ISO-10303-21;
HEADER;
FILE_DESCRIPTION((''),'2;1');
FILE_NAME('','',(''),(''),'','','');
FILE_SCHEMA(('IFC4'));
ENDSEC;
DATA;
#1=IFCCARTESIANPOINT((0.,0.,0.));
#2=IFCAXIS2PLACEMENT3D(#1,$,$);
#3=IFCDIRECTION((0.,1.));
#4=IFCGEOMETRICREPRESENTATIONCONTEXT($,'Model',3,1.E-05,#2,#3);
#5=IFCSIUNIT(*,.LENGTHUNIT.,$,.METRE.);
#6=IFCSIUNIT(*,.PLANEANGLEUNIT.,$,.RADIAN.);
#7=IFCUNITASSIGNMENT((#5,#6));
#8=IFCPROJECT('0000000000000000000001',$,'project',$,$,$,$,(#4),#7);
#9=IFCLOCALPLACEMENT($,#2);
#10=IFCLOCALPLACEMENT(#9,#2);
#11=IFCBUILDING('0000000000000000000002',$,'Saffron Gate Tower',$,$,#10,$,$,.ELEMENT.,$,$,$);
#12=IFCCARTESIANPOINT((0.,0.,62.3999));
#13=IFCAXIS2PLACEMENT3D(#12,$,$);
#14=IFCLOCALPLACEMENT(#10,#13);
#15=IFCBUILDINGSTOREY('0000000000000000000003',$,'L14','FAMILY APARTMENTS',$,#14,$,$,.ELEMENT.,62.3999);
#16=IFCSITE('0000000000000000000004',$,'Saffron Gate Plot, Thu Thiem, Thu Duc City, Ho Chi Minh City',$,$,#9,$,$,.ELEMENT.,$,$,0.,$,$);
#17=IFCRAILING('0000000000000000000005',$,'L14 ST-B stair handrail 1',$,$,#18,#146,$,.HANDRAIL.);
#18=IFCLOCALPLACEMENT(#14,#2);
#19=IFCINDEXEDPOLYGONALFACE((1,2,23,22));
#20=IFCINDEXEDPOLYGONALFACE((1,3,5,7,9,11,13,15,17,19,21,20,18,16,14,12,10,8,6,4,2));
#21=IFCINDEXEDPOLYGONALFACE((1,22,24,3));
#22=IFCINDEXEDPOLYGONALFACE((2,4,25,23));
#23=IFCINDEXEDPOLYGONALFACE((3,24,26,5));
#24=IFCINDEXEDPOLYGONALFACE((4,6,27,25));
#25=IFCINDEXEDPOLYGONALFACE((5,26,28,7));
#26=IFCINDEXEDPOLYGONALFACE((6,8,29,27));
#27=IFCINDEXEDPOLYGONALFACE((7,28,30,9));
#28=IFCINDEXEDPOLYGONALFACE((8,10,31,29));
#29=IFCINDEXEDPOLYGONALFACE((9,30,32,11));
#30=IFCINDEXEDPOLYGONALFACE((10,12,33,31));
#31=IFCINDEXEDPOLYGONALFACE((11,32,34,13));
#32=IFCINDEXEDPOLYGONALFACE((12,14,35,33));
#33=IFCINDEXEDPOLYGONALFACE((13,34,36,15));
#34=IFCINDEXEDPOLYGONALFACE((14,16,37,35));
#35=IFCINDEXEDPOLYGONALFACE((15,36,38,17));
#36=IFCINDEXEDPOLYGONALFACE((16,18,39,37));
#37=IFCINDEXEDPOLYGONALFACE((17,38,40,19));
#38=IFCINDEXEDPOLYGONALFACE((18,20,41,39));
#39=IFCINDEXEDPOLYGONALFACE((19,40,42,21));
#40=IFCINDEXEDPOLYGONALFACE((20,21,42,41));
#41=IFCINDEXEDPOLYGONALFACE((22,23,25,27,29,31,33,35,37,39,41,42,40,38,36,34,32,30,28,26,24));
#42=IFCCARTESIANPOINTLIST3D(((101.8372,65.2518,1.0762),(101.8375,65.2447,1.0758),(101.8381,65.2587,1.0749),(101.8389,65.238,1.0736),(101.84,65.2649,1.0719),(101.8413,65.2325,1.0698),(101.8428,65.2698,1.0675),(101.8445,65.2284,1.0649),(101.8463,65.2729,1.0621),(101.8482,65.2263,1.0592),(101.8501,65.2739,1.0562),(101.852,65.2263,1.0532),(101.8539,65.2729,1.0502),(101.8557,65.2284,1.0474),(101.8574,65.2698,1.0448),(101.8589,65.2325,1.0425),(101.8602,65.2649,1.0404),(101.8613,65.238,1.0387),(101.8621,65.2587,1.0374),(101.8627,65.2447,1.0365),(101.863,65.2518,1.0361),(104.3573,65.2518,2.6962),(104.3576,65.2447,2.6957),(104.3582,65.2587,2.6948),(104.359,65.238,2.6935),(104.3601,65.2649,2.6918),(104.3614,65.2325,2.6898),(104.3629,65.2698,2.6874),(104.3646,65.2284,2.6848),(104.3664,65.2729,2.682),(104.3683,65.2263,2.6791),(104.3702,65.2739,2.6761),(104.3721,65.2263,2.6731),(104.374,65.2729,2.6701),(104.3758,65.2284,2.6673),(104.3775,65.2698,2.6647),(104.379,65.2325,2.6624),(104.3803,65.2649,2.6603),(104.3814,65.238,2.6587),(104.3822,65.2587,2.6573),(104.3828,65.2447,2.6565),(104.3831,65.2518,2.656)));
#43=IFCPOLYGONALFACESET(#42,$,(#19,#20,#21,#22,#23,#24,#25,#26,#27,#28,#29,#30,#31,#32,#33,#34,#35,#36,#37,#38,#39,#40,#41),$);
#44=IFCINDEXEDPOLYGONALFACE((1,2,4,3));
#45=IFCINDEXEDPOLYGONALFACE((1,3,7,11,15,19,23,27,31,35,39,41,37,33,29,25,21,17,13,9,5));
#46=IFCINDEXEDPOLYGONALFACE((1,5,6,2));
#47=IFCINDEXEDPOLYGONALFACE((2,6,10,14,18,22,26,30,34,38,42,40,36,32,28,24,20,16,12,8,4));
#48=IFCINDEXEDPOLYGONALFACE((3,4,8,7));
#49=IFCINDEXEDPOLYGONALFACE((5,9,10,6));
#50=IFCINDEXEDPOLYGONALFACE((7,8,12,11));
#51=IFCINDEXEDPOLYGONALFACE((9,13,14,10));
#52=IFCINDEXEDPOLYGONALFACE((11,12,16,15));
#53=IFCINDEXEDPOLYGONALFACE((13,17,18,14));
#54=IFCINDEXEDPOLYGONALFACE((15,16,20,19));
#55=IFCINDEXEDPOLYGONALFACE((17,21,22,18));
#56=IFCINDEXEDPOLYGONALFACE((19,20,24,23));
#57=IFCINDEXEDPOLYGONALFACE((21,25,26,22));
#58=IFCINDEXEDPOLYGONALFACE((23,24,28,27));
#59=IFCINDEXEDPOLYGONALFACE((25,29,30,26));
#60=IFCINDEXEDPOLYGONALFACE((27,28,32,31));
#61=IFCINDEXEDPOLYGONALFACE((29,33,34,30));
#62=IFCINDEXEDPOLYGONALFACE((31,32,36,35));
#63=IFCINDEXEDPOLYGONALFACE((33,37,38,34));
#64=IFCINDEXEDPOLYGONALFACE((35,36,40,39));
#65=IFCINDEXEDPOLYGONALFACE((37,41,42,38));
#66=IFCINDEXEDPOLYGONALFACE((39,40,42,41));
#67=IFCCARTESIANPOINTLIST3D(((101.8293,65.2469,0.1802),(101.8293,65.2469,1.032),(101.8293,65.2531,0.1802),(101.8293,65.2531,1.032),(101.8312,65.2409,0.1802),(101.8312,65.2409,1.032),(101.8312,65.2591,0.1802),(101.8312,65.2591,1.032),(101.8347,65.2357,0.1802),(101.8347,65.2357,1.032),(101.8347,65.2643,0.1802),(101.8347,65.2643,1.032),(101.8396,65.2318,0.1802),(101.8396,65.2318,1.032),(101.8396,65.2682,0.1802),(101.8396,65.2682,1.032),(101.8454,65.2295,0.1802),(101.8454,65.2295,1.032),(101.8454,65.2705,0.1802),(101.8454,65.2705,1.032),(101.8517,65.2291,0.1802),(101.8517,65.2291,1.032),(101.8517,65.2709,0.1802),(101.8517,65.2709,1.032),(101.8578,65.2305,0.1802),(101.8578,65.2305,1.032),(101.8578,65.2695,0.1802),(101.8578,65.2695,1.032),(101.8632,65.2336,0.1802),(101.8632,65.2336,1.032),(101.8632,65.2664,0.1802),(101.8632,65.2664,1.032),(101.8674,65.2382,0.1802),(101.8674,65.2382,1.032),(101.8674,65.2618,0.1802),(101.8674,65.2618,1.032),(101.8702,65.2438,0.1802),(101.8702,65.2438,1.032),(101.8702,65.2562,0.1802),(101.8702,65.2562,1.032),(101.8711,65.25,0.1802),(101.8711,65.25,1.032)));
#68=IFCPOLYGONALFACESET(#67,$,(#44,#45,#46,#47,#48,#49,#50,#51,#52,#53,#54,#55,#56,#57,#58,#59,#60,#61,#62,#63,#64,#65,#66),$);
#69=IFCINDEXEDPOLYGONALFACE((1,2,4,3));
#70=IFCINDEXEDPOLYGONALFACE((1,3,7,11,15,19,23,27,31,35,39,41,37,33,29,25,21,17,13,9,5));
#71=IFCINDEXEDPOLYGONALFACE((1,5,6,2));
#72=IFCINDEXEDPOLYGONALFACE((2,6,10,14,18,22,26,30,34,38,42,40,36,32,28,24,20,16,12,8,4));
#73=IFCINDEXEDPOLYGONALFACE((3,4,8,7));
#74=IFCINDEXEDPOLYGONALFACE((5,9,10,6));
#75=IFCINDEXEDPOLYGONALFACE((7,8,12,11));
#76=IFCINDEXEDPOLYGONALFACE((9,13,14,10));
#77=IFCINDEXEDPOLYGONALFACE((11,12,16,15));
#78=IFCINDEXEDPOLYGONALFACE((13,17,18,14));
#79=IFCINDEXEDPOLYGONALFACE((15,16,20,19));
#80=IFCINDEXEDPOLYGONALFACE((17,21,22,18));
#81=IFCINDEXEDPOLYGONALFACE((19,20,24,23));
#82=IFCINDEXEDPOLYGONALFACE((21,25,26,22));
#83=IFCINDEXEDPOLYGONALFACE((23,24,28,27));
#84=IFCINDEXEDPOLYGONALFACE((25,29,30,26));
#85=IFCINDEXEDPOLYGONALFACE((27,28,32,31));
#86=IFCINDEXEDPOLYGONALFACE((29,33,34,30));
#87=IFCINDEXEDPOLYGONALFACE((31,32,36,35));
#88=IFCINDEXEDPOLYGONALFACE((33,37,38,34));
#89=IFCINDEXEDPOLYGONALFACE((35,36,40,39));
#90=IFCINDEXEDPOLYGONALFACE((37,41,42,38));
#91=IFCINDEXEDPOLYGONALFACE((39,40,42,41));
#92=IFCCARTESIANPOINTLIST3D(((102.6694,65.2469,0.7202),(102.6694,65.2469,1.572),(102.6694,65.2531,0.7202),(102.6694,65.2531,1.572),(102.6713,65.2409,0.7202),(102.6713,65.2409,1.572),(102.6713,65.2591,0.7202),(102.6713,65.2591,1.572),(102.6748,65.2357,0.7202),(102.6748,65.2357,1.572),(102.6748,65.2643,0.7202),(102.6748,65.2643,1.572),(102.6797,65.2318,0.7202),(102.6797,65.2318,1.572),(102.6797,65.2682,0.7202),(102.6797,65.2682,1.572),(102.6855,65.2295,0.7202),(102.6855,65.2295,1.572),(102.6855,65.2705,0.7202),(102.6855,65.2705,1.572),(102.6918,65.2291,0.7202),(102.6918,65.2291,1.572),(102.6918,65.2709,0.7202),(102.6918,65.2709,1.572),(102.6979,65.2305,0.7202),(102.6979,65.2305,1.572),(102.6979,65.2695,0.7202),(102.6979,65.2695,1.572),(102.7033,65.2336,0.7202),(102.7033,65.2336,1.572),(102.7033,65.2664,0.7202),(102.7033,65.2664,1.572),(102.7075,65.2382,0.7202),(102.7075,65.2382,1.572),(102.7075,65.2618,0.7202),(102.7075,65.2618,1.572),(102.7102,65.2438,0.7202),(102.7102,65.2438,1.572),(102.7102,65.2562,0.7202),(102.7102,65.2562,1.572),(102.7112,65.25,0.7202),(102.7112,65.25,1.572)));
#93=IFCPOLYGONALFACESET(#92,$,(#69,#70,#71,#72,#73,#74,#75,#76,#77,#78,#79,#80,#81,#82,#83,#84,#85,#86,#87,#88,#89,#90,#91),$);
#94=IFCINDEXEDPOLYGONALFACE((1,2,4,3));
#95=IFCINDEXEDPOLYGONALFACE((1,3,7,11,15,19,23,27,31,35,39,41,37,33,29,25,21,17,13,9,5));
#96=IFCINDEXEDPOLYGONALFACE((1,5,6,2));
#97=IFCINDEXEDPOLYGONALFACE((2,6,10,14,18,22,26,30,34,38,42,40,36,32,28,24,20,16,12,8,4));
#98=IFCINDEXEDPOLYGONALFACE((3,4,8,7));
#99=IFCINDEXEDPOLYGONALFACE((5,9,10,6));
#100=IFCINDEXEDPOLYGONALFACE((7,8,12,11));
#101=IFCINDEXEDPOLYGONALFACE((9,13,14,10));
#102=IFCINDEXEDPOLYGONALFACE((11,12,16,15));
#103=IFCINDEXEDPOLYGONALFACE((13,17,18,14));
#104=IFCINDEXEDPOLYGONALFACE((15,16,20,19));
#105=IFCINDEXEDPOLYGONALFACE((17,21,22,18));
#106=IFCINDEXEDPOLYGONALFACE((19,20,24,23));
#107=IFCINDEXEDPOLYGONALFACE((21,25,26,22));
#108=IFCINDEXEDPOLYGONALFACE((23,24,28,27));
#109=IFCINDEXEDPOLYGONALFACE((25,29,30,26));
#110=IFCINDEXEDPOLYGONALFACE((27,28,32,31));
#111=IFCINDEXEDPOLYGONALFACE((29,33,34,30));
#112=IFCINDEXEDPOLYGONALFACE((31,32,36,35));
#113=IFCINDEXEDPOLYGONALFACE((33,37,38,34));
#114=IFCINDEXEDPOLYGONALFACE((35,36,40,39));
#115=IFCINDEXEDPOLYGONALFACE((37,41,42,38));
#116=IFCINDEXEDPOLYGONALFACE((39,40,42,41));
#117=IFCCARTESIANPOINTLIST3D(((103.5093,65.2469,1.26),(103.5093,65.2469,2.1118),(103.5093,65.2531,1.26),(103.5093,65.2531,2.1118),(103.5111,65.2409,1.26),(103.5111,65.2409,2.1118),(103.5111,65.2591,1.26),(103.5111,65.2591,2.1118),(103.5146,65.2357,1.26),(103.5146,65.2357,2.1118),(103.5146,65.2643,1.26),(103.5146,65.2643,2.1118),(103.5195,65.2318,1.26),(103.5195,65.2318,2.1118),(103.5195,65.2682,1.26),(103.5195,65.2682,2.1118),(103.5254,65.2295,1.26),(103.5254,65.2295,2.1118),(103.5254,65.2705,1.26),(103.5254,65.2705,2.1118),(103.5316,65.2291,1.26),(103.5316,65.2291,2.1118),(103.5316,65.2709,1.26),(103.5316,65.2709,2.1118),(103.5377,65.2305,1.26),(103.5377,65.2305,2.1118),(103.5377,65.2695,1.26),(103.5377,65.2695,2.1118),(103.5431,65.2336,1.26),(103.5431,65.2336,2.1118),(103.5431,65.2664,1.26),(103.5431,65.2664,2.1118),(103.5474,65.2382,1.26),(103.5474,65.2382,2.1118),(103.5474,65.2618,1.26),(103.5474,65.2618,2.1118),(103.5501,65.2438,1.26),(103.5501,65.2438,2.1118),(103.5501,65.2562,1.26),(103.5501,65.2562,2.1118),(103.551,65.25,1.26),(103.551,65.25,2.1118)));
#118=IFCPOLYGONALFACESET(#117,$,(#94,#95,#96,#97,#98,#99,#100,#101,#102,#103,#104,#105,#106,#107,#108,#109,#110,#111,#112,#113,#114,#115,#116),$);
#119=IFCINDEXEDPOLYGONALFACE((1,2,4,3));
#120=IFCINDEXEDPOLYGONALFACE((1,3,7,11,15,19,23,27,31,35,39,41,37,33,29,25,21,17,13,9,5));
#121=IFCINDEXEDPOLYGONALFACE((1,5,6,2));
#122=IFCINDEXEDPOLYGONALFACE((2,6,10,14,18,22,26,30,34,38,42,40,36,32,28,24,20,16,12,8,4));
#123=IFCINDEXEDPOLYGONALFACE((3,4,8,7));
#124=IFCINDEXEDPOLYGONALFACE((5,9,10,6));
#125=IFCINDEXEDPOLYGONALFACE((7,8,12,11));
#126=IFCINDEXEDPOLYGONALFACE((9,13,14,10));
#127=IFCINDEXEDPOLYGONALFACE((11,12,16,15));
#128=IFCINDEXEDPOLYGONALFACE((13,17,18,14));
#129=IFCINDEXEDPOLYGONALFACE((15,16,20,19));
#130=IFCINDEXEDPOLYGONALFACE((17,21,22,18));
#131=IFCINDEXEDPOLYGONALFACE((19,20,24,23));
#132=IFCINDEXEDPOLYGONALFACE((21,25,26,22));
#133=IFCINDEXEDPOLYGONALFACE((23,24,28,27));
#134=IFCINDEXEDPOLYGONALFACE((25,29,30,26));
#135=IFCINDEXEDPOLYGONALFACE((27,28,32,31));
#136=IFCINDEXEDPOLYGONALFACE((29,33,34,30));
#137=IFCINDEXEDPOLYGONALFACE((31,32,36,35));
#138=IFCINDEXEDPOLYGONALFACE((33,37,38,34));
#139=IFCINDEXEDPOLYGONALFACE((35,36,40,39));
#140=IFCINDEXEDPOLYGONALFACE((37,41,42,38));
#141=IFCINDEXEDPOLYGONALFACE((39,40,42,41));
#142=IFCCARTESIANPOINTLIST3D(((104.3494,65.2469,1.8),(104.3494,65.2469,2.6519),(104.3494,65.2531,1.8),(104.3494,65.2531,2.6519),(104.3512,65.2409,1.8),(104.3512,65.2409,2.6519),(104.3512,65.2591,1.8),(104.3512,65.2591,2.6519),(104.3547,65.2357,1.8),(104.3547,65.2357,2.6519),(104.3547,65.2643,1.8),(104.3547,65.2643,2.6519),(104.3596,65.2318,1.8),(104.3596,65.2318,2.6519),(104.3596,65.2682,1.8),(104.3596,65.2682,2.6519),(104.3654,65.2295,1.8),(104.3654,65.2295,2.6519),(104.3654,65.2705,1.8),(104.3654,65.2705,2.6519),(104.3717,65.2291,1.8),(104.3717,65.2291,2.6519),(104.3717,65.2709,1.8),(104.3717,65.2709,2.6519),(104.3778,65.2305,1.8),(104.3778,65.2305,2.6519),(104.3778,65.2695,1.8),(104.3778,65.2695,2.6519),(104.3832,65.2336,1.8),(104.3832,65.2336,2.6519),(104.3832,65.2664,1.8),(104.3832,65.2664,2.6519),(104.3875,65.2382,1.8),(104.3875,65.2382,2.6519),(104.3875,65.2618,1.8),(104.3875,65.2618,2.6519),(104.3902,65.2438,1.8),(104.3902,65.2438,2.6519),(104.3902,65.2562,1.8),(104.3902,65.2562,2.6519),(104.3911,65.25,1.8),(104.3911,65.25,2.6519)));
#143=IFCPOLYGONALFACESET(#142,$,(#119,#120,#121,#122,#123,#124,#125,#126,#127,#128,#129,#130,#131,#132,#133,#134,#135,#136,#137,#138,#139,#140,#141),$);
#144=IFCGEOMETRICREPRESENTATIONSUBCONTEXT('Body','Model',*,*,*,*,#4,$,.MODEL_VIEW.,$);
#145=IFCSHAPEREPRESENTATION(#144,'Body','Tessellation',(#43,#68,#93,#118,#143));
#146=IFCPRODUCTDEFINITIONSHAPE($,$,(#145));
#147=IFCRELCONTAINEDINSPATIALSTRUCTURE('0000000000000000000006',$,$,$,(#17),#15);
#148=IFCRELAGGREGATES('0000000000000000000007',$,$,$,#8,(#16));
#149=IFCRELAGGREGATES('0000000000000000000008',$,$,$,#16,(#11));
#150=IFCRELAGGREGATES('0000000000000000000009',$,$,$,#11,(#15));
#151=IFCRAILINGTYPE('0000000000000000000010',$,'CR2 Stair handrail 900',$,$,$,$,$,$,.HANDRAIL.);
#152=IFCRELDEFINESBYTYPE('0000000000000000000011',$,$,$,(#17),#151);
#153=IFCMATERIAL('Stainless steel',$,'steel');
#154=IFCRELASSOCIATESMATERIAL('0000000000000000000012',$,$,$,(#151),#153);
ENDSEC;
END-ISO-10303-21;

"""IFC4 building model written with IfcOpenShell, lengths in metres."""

from ifc_helpers import new_model, si_unit, direction, frame, origin, origin_2d, place, context, subcontext, project, spatial, circle, extrude, material, type_object, element, save


model = new_model("IFC4")

# Units and contexts
model_context = context("Model", 3, precision=1e-05, world=origin(), true_north=direction((0.0, 1.0)))
body_context = subcontext(model_context, "Body", "Model", "MODEL_VIEW")
ifc_project = project(units=[si_unit("LENGTHUNIT", "METRE"), si_unit("PLANEANGLEUNIT", "RADIAN")], contexts=[model_context])

# Site, building, storey
site_placement = place(None, origin())
site = spatial("IfcSite", under=ifc_project, at=site_placement, Name="Saffron Gate Plot, Thu Thiem, Thu Duc City, Ho Chi Minh City", CompositionType="ELEMENT", RefElevation=0.0)
building_placement = place(site_placement, origin())
building = spatial("IfcBuilding", under=site, at=building_placement, Name="Saffron Gate Tower", CompositionType="ELEMENT")
storey_placement = place(building_placement, frame((0.0, 0.0, 62.3999)))
storey = spatial("IfcBuildingStorey", under=building, at=storey_placement, Name="L14", Description="FAMILY APARTMENTS", CompositionType="ELEMENT", Elevation=62.3999)

# Railing
ifc_material_1 = material(Name="Stainless steel", Category="steel")
railing_type_1 = type_object("IfcRailingType", Name="CR2 Stair handrail 900", PredefinedType="HANDRAIL", material=ifc_material_1)
railing_1_placement = place(storey_placement, frame((101.8501, 65.25, 0.1802)))
element("IfcRailing", 1, at=railing_1_placement, inside=storey, type_object=railing_type_1, Name="L14 ST-B stair handrail 1", PredefinedType="HANDRAIL", context=body_context, shape_type="SweptSolid", body=[
    extrude(circle(Radius=0.0239, at=origin_2d()), frame((0.0, 0.0, 0.876), z_axis=(0.8412, 0.0, 0.540725), x_axis=(0.0, 1.0, 0.0)), (0.0, 0.0, 1.0), 2.9958),
    extrude(circle(Radius=0.021, at=origin_2d()), origin(), (0.0, 0.0, 1.0), 0.8518),
    extrude(circle(Radius=0.021, at=origin_2d()), frame((0.8401, 0.0, 0.54)), (0.0, 0.0, 1.0), 0.8518),
    extrude(circle(Radius=0.021, at=origin_2d()), frame((1.6799, 0.0, 1.0798)), (0.0, 0.0, 1.0), 0.8518),
    extrude(circle(Radius=0.021, at=origin_2d()), frame((2.52, 0.0, 1.6199)), (0.0, 0.0, 1.0), 0.8518),
])

save(model, "model.ifc")
